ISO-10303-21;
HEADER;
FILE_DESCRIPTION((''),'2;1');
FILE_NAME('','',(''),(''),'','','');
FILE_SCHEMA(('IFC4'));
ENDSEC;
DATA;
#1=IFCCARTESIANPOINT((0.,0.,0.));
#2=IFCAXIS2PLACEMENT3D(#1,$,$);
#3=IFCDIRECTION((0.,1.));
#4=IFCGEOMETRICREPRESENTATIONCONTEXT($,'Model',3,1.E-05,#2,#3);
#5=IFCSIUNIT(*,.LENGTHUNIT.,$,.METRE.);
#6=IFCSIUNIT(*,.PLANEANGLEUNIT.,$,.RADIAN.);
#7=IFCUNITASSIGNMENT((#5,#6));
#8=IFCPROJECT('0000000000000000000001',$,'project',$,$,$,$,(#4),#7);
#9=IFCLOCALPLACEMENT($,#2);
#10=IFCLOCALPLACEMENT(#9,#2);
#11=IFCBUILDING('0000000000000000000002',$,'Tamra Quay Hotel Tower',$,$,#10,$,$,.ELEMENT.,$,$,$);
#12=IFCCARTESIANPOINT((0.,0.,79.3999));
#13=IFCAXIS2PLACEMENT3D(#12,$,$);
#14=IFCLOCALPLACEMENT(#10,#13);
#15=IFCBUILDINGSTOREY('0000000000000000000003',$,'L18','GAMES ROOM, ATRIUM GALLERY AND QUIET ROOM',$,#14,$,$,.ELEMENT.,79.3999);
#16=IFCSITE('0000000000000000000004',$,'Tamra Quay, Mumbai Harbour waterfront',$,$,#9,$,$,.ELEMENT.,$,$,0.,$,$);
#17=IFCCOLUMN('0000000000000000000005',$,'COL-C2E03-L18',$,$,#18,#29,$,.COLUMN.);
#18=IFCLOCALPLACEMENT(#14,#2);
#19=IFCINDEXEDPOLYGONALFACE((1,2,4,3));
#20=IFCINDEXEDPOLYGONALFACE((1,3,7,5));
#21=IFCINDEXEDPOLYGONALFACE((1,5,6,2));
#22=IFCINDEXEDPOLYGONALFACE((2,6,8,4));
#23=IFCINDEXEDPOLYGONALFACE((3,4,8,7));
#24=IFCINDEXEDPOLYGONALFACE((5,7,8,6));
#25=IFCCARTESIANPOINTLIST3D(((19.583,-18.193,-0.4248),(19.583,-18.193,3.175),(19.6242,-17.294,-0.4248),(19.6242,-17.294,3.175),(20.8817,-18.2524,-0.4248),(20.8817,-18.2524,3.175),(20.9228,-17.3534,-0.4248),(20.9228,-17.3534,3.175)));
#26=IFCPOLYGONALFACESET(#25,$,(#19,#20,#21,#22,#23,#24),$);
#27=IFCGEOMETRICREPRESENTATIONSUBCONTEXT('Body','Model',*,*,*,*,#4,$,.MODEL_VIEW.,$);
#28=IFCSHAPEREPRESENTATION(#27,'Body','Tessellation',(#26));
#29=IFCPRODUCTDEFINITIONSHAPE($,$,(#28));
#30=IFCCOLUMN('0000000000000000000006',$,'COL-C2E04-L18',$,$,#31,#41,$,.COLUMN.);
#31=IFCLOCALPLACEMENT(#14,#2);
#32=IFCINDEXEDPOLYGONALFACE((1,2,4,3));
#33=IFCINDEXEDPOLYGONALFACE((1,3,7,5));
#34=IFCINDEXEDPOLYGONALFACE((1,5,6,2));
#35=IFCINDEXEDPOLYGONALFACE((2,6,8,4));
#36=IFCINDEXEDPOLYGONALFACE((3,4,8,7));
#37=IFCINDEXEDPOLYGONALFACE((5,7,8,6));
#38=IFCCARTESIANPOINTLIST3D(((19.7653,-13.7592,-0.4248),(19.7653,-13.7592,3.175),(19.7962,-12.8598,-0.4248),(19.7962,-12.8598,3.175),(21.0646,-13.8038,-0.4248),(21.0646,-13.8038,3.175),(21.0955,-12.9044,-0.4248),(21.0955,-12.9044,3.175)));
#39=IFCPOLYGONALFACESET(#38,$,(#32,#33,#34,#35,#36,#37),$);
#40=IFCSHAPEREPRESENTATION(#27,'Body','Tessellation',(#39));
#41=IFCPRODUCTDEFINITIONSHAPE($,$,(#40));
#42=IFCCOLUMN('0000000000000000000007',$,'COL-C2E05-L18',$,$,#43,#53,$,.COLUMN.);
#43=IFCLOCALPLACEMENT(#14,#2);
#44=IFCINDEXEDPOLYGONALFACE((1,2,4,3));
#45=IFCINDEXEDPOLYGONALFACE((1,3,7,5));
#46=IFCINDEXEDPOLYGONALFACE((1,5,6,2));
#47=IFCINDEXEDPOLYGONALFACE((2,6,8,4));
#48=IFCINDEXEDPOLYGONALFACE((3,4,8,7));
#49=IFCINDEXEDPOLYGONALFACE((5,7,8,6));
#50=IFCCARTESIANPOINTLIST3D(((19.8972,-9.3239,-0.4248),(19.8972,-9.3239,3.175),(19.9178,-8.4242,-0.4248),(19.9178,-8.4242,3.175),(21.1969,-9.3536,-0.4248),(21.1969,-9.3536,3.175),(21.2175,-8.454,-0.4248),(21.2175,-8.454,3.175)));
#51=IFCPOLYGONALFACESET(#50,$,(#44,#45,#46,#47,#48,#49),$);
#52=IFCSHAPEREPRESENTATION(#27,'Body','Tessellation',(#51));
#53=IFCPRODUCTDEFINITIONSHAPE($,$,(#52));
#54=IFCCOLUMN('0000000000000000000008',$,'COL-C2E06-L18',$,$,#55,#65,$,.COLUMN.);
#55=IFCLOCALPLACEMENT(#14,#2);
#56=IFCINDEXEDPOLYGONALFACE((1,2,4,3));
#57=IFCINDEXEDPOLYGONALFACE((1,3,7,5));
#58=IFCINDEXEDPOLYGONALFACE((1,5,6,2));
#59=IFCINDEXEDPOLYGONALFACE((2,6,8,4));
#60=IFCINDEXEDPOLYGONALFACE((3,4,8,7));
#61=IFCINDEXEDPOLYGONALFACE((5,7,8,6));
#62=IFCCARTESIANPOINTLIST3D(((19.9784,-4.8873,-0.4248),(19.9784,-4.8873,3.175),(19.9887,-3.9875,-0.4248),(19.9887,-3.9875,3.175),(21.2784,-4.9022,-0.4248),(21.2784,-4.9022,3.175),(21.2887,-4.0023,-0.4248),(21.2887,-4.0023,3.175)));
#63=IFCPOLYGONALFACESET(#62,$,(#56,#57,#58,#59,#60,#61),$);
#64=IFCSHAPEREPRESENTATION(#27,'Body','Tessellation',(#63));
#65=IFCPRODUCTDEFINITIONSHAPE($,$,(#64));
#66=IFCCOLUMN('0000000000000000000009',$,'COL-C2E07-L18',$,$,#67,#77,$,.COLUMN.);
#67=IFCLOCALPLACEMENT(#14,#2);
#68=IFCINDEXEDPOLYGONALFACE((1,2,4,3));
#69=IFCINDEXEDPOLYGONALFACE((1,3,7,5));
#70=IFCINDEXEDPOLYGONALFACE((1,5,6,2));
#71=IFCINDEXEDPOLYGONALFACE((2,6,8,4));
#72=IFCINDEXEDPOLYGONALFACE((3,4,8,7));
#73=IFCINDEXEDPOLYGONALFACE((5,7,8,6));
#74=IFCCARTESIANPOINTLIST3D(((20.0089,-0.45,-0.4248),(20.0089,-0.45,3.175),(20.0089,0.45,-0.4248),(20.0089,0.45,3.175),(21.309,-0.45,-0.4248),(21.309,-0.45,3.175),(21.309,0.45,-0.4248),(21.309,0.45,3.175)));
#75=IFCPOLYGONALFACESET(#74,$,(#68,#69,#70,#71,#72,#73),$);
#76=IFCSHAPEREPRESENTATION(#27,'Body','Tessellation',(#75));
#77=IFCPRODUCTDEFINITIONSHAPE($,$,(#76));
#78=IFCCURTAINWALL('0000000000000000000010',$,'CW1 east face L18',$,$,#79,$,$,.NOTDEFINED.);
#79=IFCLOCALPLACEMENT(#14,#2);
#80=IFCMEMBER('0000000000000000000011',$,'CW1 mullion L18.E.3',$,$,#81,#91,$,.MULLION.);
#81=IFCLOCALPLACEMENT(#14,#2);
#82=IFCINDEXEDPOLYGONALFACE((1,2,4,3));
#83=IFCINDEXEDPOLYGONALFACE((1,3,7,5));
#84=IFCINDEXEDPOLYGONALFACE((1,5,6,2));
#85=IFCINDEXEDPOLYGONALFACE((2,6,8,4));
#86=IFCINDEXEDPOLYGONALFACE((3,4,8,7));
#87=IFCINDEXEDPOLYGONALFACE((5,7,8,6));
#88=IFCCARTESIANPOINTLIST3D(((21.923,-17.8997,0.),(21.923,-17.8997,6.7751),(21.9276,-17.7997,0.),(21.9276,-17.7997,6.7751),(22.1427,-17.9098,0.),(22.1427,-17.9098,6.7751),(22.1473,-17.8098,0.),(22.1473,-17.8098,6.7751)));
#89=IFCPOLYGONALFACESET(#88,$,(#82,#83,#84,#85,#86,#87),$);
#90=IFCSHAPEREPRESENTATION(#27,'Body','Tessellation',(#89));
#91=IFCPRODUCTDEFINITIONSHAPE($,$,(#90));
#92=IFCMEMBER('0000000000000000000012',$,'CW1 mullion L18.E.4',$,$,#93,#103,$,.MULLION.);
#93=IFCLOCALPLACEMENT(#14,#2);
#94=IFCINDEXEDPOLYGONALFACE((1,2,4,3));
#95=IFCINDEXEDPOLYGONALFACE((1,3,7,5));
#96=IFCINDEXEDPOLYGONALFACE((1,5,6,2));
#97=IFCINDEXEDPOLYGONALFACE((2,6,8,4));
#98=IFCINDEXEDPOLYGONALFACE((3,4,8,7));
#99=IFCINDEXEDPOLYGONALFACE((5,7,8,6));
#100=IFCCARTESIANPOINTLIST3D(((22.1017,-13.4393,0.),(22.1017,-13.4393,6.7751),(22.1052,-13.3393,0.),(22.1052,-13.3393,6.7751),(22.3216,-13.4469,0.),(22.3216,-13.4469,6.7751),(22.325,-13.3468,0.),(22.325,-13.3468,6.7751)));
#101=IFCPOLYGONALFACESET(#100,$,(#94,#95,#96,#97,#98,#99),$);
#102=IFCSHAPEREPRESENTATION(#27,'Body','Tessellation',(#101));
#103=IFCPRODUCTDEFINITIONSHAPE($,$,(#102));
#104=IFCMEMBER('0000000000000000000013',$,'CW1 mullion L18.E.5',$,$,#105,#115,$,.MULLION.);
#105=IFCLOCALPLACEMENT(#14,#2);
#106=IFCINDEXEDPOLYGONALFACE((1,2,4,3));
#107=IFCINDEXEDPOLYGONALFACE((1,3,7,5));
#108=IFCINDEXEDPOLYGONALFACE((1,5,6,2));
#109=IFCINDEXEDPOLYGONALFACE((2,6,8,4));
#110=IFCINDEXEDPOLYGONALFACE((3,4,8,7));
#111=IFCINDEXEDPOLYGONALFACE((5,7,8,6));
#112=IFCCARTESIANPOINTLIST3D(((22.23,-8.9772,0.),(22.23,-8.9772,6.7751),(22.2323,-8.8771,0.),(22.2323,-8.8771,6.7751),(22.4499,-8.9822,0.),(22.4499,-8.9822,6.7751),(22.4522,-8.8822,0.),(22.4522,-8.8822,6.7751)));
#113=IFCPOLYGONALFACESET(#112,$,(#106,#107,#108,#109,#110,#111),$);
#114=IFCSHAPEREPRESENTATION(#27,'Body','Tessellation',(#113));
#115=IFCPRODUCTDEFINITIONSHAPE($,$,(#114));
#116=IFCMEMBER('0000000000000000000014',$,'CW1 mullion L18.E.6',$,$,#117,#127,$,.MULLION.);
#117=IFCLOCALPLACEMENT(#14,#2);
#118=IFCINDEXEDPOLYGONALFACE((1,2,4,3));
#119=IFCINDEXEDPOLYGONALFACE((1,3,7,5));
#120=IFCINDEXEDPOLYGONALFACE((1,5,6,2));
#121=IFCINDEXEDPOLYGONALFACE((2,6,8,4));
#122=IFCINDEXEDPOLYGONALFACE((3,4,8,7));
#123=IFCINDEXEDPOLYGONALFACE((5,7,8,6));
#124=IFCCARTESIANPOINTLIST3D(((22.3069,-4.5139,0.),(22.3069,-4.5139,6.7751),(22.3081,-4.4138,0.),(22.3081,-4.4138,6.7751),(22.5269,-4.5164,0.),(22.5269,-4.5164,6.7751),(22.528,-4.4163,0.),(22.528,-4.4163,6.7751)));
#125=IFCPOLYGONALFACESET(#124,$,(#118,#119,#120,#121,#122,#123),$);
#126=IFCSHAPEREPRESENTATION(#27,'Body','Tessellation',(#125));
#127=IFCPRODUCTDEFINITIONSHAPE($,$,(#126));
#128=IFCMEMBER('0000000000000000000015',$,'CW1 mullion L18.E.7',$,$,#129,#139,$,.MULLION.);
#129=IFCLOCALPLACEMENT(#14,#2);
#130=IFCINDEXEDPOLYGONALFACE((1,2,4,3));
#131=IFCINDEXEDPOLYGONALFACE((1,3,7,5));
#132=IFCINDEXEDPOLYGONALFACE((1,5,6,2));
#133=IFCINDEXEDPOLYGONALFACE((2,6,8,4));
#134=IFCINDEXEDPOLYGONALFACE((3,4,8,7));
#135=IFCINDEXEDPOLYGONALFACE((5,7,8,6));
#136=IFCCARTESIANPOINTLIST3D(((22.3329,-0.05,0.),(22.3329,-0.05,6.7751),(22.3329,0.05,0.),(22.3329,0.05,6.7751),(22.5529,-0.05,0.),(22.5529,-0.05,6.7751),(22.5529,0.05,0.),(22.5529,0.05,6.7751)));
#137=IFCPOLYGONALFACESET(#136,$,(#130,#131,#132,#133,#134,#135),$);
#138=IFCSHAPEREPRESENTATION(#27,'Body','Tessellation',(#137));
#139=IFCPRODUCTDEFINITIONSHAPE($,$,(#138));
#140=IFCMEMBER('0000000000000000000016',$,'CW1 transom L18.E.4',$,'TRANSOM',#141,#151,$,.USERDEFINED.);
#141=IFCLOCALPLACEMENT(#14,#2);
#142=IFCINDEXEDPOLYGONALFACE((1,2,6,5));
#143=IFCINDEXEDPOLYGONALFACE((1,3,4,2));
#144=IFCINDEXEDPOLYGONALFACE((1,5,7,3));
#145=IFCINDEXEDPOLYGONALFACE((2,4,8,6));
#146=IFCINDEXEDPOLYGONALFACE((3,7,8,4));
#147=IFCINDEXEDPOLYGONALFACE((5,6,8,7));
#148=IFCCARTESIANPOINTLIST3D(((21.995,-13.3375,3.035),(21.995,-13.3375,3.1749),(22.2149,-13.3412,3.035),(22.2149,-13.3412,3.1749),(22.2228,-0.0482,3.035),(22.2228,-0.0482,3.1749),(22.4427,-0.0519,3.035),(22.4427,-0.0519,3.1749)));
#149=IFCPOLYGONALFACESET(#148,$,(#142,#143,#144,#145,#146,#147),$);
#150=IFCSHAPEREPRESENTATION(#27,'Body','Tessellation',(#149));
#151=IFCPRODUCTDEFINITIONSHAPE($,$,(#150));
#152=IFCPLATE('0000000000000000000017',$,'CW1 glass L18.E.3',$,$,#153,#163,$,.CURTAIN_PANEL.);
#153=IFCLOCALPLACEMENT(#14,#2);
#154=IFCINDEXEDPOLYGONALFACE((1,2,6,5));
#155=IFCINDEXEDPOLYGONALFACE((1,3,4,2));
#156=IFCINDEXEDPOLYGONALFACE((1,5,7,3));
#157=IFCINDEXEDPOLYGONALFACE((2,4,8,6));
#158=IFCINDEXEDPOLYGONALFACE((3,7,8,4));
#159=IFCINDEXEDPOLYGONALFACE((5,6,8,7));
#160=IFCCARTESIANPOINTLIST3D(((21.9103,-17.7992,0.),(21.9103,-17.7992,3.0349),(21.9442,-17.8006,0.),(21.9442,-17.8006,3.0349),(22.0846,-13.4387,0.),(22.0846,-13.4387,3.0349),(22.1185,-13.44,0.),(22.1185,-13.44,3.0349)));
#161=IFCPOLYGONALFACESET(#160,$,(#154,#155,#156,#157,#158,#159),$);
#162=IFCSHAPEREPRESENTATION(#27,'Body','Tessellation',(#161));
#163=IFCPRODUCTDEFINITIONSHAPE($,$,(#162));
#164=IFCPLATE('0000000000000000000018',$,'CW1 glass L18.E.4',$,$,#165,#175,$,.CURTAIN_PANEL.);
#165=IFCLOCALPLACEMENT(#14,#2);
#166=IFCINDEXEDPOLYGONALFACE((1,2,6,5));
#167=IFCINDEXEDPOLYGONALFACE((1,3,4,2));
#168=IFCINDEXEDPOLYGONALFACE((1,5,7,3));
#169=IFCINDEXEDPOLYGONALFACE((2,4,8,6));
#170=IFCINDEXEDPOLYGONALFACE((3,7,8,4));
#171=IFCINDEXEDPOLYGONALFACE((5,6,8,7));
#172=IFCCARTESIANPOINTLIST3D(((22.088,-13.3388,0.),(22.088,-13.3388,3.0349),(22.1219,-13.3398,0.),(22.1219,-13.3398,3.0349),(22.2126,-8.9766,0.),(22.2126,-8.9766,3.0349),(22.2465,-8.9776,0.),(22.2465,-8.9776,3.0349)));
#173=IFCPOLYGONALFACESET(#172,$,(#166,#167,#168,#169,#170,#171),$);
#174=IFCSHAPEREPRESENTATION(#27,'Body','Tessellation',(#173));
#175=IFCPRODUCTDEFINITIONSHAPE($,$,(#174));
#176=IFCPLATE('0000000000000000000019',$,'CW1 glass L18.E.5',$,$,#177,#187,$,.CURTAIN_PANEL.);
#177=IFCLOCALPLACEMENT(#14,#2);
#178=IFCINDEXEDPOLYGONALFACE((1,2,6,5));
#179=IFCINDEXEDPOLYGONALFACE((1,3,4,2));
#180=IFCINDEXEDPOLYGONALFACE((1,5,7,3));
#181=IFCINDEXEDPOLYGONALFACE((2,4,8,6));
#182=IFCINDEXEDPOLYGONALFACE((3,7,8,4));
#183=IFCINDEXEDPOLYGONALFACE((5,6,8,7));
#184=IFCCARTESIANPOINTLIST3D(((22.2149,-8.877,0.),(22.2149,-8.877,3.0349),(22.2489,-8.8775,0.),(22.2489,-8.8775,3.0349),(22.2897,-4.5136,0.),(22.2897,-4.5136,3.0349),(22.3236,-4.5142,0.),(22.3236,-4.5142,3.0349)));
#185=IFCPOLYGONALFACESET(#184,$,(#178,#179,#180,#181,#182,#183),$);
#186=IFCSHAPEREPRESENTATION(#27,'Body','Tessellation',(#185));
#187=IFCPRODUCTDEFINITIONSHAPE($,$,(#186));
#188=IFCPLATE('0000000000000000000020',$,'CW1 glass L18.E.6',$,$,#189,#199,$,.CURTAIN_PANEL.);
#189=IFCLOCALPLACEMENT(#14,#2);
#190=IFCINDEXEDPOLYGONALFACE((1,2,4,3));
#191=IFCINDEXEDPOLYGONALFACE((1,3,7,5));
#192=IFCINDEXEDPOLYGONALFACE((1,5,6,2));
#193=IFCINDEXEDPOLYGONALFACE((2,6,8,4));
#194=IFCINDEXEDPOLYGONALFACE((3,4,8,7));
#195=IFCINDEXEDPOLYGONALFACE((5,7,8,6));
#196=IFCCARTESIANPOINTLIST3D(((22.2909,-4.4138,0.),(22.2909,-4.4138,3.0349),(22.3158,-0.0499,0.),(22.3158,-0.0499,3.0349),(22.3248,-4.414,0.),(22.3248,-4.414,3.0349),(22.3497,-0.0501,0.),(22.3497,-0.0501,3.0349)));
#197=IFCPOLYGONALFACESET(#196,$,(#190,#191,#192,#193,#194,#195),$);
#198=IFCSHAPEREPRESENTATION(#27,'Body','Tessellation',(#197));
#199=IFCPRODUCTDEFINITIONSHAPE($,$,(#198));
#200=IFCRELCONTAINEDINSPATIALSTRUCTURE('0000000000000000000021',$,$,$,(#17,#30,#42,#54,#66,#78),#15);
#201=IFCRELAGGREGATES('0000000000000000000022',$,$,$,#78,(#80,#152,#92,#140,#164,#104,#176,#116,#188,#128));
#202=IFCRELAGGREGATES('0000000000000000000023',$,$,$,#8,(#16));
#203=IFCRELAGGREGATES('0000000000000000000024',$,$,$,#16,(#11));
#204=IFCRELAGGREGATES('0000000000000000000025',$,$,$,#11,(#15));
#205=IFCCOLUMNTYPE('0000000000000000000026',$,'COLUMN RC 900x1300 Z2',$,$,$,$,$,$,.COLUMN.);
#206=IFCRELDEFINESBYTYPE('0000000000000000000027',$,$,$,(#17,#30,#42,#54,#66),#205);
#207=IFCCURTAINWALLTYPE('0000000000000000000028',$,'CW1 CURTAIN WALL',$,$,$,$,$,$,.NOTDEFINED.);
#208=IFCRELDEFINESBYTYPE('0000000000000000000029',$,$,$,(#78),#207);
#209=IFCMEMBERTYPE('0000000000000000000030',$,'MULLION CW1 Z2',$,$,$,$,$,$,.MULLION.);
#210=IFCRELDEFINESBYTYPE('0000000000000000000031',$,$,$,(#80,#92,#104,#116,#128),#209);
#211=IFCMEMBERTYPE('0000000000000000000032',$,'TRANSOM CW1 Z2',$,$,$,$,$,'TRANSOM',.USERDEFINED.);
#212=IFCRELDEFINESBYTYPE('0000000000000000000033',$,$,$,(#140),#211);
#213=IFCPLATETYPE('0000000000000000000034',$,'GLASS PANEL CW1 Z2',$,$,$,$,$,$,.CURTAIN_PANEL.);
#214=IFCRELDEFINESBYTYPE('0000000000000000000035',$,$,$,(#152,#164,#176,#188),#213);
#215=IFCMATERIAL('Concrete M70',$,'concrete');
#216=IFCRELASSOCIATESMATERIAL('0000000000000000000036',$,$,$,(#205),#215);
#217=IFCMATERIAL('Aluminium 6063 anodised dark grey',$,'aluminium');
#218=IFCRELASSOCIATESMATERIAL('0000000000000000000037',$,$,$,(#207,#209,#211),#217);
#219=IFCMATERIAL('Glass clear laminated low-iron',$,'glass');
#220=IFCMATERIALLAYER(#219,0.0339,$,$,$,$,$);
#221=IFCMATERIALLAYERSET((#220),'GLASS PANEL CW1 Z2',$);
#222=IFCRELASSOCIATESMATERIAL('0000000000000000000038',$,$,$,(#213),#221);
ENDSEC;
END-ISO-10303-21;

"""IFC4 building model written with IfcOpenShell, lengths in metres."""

from ifc_helpers import new_model, si_unit, direction, frame, origin, origin_2d, place, context, subcontext, project, spatial, rectangle, extrude, material, layer, layer_set, material_profile, profile_set, type_object, element, aggregate, save


model = new_model("IFC4")

# Units and contexts
model_context = context("Model", 3, precision=1e-05, world=origin(), true_north=direction((0.0, 1.0)))
body_context = subcontext(model_context, "Body", "Model", "MODEL_VIEW")
ifc_project = project(units=[si_unit("LENGTHUNIT", "METRE"), si_unit("PLANEANGLEUNIT", "RADIAN")], contexts=[model_context])

# Site, building, storey
site_placement = place(None, origin())
site = spatial("IfcSite", under=ifc_project, at=site_placement, Name="Tamra Quay, Mumbai Harbour waterfront", CompositionType="ELEMENT", RefElevation=0.0)
building_placement = place(site_placement, origin())
building = spatial("IfcBuilding", under=site, at=building_placement, Name="Tamra Quay Hotel Tower", CompositionType="ELEMENT")
storey_placement = place(building_placement, frame((0.0, 0.0, 79.3999)))
storey = spatial("IfcBuildingStorey", under=building, at=storey_placement, Name="L18", Description="GAMES ROOM, ATRIUM GALLERY AND QUIET ROOM", CompositionType="ELEMENT", Elevation=79.3999)

# Columns
ifc_material_1 = material(Name="Concrete M70", Category="concrete")
ifc_material_profile_1 = material_profile(ifc_material_1, rectangle(XDim=1.3, YDim=0.8999, at=origin_2d()), Name="COLUMN RC 900x1300 Z2")
ifc_profile_set_1 = profile_set([ifc_material_profile_1], Name="Concrete M70")
column_type = type_object("IfcColumnType", Name="COLUMN RC 900x1300 Z2", PredefinedType="COLUMN", material=ifc_profile_set_1)
for number, where, z_axis, x_axis, name in (
    (1, (20.2529, -17.7732, -0.4248), (0.0, 0.0, 1.0), (-0.998955, 0.045712, 0.0), "COL-C2E03-L18"),
    (2, (20.4304, -13.3318, -0.4248), (0.0, 0.0, 1.0), (-0.999412, 0.034299, 0.0), "COL-C2E04-L18"),
    (3, (20.5574, -8.8889, -0.4248), (0.0, 0.0, 1.0), (-0.999738, 0.022874, 0.0), "COL-C2E05-L18"),
    (4, (20.6335, -4.4448, -0.4248), (0.0, 0.0, 1.0), (-0.999935, 0.011439, 0.0), "COL-C2E06-L18"),
    (5, (20.6589, 0.0, -0.4248), (0.0, 0.0, 1.0), (1.0, 0.0, 0.0), "COL-C2E07-L18"),
):
    element("IfcColumn", number, at=place(storey_placement, frame(where, z_axis=z_axis, x_axis=x_axis)), inside=storey, type_object=column_type, Name=name, PredefinedType="COLUMN", context=body_context, shape_type="SweptSolid", body=[
        extrude(rectangle(XDim=1.3, YDim=0.8999, at=origin_2d()), origin(), (0.0, 0.0, 1.0), 3.5999),
    ])

# Curtain wall, members, plates
ifc_material_2 = material(Name="Aluminium 6063 anodised dark grey", Category="aluminium")
curtain_wall_type = type_object("IfcCurtainWallType", Name="CW1 CURTAIN WALL", PredefinedType="NOTDEFINED", material=ifc_material_2)
curtain_wall_placement = place(storey_placement, origin())
curtain_wall = element("IfcCurtainWall", 6, at=curtain_wall_placement, inside=storey, type_object=curtain_wall_type, Name="CW1 east face L18", PredefinedType="NOTDEFINED")
ifc_material_profile_2 = material_profile(ifc_material_2, rectangle(XDim=0.22, YDim=0.1001, at=origin_2d()), Name="MULLION 100X220")
ifc_profile_set_2 = profile_set([ifc_material_profile_2], Name="Aluminium 6063 anodised dark grey")
member_type_1 = type_object("IfcMemberType", Name="MULLION CW1 Z2", PredefinedType="MULLION", material=ifc_profile_set_2)
member_1_placement = place(storey_placement, frame((22.0352, -17.8547, 0.0), z_axis=(0.0, 0.0, 1.0), x_axis=(0.998958, -0.045633, 0.0)))
member_1 = element("IfcMember", 7, at=member_1_placement, type_object=member_type_1, Name="CW1 mullion L18.E.3", PredefinedType="MULLION", context=body_context, shape_type="SweptSolid", body=[
    extrude(rectangle(XDim=0.22, YDim=0.1001, at=origin_2d()), origin(), (0.0, 0.0, 1.0), 6.7751),
])
member_2_placement = place(storey_placement, frame((22.2134, -13.3931, 0.0), z_axis=(0.0, 0.0, 1.0), x_axis=(0.999413, -0.034246, 0.0)))
member_2 = element("IfcMember", 8, at=member_2_placement, type_object=member_type_1, Name="CW1 mullion L18.E.4", PredefinedType="MULLION", context=body_context, shape_type="SweptSolid", body=[
    extrude(rectangle(XDim=0.22, YDim=0.1001, at=origin_2d()), origin(), (0.0, 0.0, 1.0), 6.7751),
])
member_3_placement = place(storey_placement, frame((22.3411, -8.9297, 0.0), z_axis=(0.0, 0.0, 1.0), x_axis=(0.999739, -0.02284, 0.0)))
member_3 = element("IfcMember", 9, at=member_3_placement, type_object=member_type_1, Name="CW1 mullion L18.E.5", PredefinedType="MULLION", context=body_context, shape_type="SweptSolid", body=[
    extrude(rectangle(XDim=0.22, YDim=0.1001, at=origin_2d()), origin(), (0.0, 0.0, 1.0), 6.7751),
])
member_4_placement = place(storey_placement, frame((22.4175, -4.4651, 0.0), z_axis=(0.0, 0.0, 1.0), x_axis=(0.999935, -0.011423, 0.0)))
member_4 = element("IfcMember", 10, at=member_4_placement, type_object=member_type_1, Name="CW1 mullion L18.E.6", PredefinedType="MULLION", context=body_context, shape_type="SweptSolid", body=[
    extrude(rectangle(XDim=0.22, YDim=0.1001, at=origin_2d()), origin(), (0.0, 0.0, 1.0), 6.7751),
])
member_5_placement = place(storey_placement, frame((22.4429, 0.0, 0.0), z_axis=(0.0, 0.0, 1.0), x_axis=(1.0, 0.0, 0.0)))
member_5 = element("IfcMember", 11, at=member_5_placement, type_object=member_type_1, Name="CW1 mullion L18.E.7", PredefinedType="MULLION", context=body_context, shape_type="SweptSolid", body=[
    extrude(rectangle(XDim=0.22, YDim=0.1001, at=origin_2d()), origin(), (0.0, 0.0, 1.0), 6.7751),
])
ifc_material_profile_3 = material_profile(ifc_material_2, rectangle(XDim=0.22, YDim=0.1399, at=origin_2d()), Name="TRANSOM 220X140")
ifc_profile_set_3 = profile_set([ifc_material_profile_3], Name="Aluminium 6063 anodised dark grey")
member_type_2 = type_object("IfcMemberType", Name="TRANSOM CW1 Z2", ElementType="TRANSOM", PredefinedType="USERDEFINED", material=ifc_profile_set_3)
member_6_placement = place(storey_placement, frame((22.105, -13.3394, 3.105), z_axis=(0.017138, 0.999853, 0.0), x_axis=(-0.999853, 0.017138, 0.0)))
member_6 = element("IfcMember", 12, at=member_6_placement, type_object=member_type_2, Name="CW1 transom L18.E.4", ObjectType="TRANSOM", PredefinedType="USERDEFINED", context=body_context, shape_type="SweptSolid", body=[
    extrude(rectangle(XDim=0.22, YDim=0.1399, at=origin_2d()), origin(), (0.0, 0.0, 1.0), 13.2913),
])
ifc_material_3 = material(Name="Glass clear laminated low-iron", Category="glass")
ifc_layer_1 = layer(ifc_material_3, 0.0339)
ifc_layer_set_1 = layer_set([ifc_layer_1], Name="GLASS PANEL CW1 Z2")
plate_type = type_object("IfcPlateType", Name="GLASS PANEL CW1 Z2", PredefinedType="CURTAIN_PANEL", material=ifc_layer_set_1)
plate_1_placement = place(storey_placement, frame((22.0144, -15.6196, 0.0), z_axis=(0.0, 0.0, 1.0), x_axis=(0.039944, 0.999202, 0.0)))
plate_1 = element("IfcPlate", 13, at=plate_1_placement, type_object=plate_type, Name="CW1 glass L18.E.3", PredefinedType="CURTAIN_PANEL", context=body_context, shape_type="SweptSolid", body=[
    extrude(rectangle(XDim=4.364, YDim=0.0339, at=origin_2d()), origin(), (0.0, 0.0, 1.0), 3.0349),
])
plate_2_placement = place(storey_placement, frame((22.1672, -11.1582, 0.0), z_axis=(0.0, 0.0, 1.0), x_axis=(0.028546, 0.999592, 0.0)))
plate_2 = element("IfcPlate", 14, at=plate_2_placement, type_object=plate_type, Name="CW1 glass L18.E.4", PredefinedType="CURTAIN_PANEL", context=body_context, shape_type="SweptSolid", body=[
    extrude(rectangle(XDim=4.364, YDim=0.0339, at=origin_2d()), origin(), (0.0, 0.0, 1.0), 3.0349),
])
plate_3_placement = place(storey_placement, frame((22.2693, -6.6956, 0.0), z_axis=(0.0, 0.0, 1.0), x_axis=(0.017134, 0.999853, 0.0)))
plate_3 = element("IfcPlate", 15, at=plate_3_placement, type_object=plate_type, Name="CW1 glass L18.E.5", PredefinedType="CURTAIN_PANEL", context=body_context, shape_type="SweptSolid", body=[
    extrude(rectangle(XDim=4.364, YDim=0.0339, at=origin_2d()), origin(), (0.0, 0.0, 1.0), 3.0349),
])
plate_4_placement = place(storey_placement, frame((22.3203, -2.2319, 0.0), z_axis=(0.0, 0.0, 1.0), x_axis=(0.005713, 0.999984, 0.0)))
plate_4 = element("IfcPlate", 16, at=plate_4_placement, type_object=plate_type, Name="CW1 glass L18.E.6", PredefinedType="CURTAIN_PANEL", context=body_context, shape_type="SweptSolid", body=[
    extrude(rectangle(XDim=4.364, YDim=0.0339, at=origin_2d()), origin(), (0.0, 0.0, 1.0), 3.0349),
])
aggregate(curtain_wall, [member_1, plate_1, member_2, member_6, plate_2, member_3, plate_3, member_4, plate_4, member_5])

save(model, "model.ifc")
